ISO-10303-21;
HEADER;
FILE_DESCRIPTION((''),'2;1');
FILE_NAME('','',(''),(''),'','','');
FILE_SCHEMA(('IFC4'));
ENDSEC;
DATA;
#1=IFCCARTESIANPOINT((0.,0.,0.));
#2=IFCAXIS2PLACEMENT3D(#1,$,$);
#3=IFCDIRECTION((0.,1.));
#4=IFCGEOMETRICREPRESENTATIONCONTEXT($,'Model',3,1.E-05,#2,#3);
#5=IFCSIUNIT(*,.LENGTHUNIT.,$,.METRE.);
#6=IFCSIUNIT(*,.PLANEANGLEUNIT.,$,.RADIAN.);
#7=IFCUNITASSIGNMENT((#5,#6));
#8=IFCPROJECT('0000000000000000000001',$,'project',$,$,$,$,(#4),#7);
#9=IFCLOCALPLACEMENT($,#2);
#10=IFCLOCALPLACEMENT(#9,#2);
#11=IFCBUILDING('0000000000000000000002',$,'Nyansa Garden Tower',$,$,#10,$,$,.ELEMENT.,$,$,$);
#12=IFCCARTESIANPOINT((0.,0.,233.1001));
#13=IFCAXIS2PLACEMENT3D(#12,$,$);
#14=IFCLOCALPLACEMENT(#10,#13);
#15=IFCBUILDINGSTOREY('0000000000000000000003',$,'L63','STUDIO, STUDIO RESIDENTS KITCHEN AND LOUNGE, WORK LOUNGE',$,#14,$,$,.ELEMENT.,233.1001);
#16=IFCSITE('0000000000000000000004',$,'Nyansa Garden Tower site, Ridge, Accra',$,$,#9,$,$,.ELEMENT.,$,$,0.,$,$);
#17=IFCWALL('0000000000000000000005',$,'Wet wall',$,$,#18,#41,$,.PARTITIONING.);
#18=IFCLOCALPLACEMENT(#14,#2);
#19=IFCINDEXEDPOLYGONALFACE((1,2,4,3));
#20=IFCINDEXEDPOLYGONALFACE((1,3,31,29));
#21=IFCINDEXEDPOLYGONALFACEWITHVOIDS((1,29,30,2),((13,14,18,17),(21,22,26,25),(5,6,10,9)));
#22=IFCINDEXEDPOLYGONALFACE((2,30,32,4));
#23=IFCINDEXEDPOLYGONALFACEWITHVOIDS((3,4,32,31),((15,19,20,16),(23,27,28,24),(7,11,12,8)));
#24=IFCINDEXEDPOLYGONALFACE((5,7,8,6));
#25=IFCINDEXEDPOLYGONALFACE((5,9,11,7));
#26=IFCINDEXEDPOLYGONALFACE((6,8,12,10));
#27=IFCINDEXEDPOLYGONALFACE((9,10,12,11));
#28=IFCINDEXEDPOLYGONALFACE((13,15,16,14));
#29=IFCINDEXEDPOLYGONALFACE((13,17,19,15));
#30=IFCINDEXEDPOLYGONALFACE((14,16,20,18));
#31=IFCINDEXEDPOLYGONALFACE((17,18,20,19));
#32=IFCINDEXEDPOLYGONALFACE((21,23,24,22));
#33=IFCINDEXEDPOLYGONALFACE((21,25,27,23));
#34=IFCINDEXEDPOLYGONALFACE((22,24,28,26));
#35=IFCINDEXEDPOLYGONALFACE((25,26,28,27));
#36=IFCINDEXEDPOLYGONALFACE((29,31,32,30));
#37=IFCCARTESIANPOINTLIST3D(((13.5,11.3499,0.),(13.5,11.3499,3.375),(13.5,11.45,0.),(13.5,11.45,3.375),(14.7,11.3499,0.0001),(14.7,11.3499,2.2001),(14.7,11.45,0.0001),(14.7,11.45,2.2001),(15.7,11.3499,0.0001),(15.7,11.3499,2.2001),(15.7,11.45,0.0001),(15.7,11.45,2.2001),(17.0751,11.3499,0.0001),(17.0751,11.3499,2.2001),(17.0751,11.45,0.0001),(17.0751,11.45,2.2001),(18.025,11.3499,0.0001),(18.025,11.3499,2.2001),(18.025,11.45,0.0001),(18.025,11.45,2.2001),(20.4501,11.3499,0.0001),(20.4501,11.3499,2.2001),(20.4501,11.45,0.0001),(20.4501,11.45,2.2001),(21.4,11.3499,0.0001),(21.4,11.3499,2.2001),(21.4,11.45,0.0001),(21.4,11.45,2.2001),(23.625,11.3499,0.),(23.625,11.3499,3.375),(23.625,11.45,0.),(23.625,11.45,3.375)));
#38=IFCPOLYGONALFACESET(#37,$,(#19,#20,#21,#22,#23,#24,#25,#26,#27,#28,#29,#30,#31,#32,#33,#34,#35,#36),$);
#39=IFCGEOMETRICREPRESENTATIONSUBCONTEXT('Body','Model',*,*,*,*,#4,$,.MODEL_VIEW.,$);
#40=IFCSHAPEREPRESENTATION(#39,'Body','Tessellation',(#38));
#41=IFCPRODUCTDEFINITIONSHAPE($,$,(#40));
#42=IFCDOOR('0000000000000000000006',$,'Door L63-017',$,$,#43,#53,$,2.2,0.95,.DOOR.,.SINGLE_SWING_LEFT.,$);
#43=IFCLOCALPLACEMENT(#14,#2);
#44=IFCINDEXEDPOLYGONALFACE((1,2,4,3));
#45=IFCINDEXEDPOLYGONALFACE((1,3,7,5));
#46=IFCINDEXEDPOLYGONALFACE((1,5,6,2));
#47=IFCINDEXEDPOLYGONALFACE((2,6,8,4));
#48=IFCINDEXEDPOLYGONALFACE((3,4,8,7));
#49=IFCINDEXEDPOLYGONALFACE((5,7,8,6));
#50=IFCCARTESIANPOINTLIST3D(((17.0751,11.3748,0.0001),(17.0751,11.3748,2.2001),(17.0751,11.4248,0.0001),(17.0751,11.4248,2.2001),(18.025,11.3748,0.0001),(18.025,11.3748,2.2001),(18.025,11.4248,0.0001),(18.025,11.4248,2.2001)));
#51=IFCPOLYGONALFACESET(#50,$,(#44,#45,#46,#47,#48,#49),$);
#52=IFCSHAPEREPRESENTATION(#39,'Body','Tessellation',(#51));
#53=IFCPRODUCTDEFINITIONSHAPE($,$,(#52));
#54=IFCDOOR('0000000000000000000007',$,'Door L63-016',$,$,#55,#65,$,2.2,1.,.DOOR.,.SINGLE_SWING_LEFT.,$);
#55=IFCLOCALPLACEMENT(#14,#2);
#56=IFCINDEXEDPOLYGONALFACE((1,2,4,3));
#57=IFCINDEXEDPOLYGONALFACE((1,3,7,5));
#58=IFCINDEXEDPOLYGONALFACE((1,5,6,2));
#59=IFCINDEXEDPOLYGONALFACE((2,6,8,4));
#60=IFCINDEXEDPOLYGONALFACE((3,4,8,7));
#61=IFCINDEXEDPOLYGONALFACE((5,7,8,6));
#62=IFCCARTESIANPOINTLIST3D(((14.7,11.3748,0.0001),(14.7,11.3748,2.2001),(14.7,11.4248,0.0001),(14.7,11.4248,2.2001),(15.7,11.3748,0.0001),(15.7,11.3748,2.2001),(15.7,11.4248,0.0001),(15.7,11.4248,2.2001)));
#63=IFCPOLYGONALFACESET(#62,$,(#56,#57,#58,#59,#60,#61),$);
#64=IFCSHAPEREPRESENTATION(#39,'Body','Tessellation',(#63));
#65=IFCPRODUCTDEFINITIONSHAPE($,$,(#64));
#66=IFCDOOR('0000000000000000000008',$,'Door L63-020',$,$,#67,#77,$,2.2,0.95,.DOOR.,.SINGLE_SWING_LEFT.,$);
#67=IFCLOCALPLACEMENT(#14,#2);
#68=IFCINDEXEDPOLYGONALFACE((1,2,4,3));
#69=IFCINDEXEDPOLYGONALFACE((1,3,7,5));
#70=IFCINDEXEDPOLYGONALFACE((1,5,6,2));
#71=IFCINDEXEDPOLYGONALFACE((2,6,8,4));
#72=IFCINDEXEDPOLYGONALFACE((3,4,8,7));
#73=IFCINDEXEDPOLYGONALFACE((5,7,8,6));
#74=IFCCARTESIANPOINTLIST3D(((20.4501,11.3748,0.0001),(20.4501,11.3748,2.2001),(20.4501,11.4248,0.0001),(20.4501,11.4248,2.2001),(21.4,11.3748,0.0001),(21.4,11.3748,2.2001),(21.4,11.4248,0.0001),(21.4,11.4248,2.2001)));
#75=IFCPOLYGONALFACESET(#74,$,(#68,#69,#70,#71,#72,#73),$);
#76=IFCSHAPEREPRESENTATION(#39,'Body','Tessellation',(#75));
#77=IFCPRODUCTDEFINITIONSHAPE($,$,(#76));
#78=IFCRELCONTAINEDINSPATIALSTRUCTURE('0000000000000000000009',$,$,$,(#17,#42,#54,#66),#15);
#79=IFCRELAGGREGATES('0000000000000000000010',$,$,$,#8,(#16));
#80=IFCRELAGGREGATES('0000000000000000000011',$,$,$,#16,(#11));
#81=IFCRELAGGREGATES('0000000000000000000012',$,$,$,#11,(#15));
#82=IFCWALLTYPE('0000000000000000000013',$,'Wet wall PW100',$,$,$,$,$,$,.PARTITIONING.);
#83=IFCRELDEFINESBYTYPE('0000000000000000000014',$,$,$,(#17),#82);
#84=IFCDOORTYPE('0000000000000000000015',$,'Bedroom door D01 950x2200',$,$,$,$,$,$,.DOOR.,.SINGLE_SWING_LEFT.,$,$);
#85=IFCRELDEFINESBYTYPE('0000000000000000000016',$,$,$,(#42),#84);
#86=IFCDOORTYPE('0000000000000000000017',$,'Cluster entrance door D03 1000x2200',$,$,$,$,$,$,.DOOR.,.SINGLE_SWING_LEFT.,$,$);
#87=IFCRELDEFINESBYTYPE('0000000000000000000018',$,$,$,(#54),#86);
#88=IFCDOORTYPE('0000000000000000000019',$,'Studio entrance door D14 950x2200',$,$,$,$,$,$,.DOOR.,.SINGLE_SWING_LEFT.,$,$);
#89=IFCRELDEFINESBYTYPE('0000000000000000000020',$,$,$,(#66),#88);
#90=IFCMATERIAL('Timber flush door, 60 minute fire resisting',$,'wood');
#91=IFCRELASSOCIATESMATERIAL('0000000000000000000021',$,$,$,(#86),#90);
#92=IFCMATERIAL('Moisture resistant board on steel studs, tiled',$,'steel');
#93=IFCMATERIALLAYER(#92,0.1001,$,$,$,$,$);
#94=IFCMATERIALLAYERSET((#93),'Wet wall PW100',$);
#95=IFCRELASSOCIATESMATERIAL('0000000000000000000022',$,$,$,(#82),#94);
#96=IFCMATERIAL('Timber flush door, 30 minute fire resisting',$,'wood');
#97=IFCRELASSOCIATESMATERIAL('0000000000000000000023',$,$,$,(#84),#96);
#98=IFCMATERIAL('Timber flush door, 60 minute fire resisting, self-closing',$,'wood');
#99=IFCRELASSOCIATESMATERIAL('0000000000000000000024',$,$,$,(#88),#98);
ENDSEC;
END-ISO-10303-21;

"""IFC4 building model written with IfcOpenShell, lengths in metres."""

from ifc_helpers import new_model, si_unit, direction, frame, frame_2d, origin, place, context, subcontext, project, spatial, rectangle, extrude, material, layer, layer_set, type_object, element, fill, save


model = new_model("IFC4")

# Units and contexts
model_context = context("Model", 3, precision=1e-05, world=origin(), true_north=direction((0.0, 1.0)))
body_context = subcontext(model_context, "Body", "Model", "MODEL_VIEW")
ifc_project = project(units=[si_unit("LENGTHUNIT", "METRE"), si_unit("PLANEANGLEUNIT", "RADIAN")], contexts=[model_context])

# Site, building, storey
site_placement = place(None, origin())
site = spatial("IfcSite", under=ifc_project, at=site_placement, Name="Nyansa Garden Tower site, Ridge, Accra", CompositionType="ELEMENT", RefElevation=0.0)
building_placement = place(site_placement, origin())
building = spatial("IfcBuilding", under=site, at=building_placement, Name="Nyansa Garden Tower", CompositionType="ELEMENT")
storey_placement = place(building_placement, frame((0.0, 0.0, 233.1001)))
storey = spatial("IfcBuildingStorey", under=building, at=storey_placement, Name="L63", Description="STUDIO, STUDIO RESIDENTS KITCHEN AND LOUNGE, WORK LOUNGE", CompositionType="ELEMENT", Elevation=233.1001)

# Shared definitions
ifc_material_1 = material(Name="Timber flush door, 60 minute fire resisting", Category="wood")
door_type_1 = type_object("IfcDoorType", Name="Cluster entrance door D03 1000x2200", OperationType="SINGLE_SWING_LEFT", PredefinedType="DOOR", material=ifc_material_1)

# Wall, openings, doors
ifc_material_2 = material(Name="Moisture resistant board on steel studs, tiled", Category="steel")
ifc_layer_1 = layer(ifc_material_2, 0.1001)
ifc_layer_set_1 = layer_set([ifc_layer_1], Name="Wet wall PW100")
wall_type_1 = type_object("IfcWallType", Name="Wet wall PW100", PredefinedType="PARTITIONING", material=ifc_layer_set_1)
wall_1_placement = place(storey_placement, frame((13.5, 11.3999, 0.0), z_axis=(0.0, 0.0, 1.0), x_axis=(1.0, 0.0, 0.0)))
wall_1 = element("IfcWall", 1, at=wall_1_placement, inside=storey, type_object=wall_type_1, Name="Wet wall", PredefinedType="PARTITIONING", context=body_context, shape_type="SweptSolid", body=[
    extrude(rectangle(XDim=10.125, YDim=0.1001, at=frame_2d((5.0625, 0.0))), origin(), (0.0, 0.0, 1.0), 3.375),
])
opening_1_placement = place(wall_1_placement, frame((1.2, 0.0, 0.0)))
opening_1 = element("IfcOpeningElement", 2, at=opening_1_placement, cuts=wall_1, PredefinedType="OPENING", context=body_context, shape_type="SweptSolid", body=[
    extrude(rectangle(XDim=1.0, YDim=2.2, at=frame_2d((0.5, 1.1001))), frame((0.0, 0.0601, 0.0), z_axis=(0.0, -1.0, 0.0), x_axis=(1.0, 0.0, 0.0)), (0.0, 0.0, 1.0), 0.1201),
])
opening_2_placement = place(wall_1_placement, frame((3.575, 0.0, 0.0)))
opening_2 = element("IfcOpeningElement", 3, at=opening_2_placement, cuts=wall_1, PredefinedType="OPENING", context=body_context, shape_type="SweptSolid", body=[
    extrude(rectangle(XDim=0.95, YDim=2.2, at=frame_2d((0.4751, 1.1001))), frame((0.0, 0.0601, 0.0), z_axis=(0.0, -1.0, 0.0), x_axis=(1.0, 0.0, 0.0)), (0.0, 0.0, 1.0), 0.1201),
])
opening_3_placement = place(wall_1_placement, frame((6.95, 0.0, 0.0)))
opening_3 = element("IfcOpeningElement", 4, at=opening_3_placement, cuts=wall_1, PredefinedType="OPENING", context=body_context, shape_type="SweptSolid", body=[
    extrude(rectangle(XDim=0.95, YDim=2.2, at=frame_2d((0.4751, 1.1001))), frame((0.0, 0.0601, 0.0), z_axis=(0.0, -1.0, 0.0), x_axis=(1.0, 0.0, 0.0)), (0.0, 0.0, 1.0), 0.1201),
])
ifc_material_3 = material(Name="Timber flush door, 30 minute fire resisting", Category="wood")
door_type_2 = type_object("IfcDoorType", Name="Bedroom door D01 950x2200", OperationType="SINGLE_SWING_LEFT", PredefinedType="DOOR", material=ifc_material_3)
door_1_placement = place(opening_2_placement, origin())
door_1 = element("IfcDoor", 5, at=door_1_placement, inside=storey, type_object=door_type_2, Name="Door L63-017", OperationType="SINGLE_SWING_LEFT", OverallHeight=2.2, OverallWidth=0.95, PredefinedType="DOOR", context=body_context, shape_type="SweptSolid", body=[
    extrude(rectangle(XDim=0.95, YDim=2.2, at=frame_2d((0.4751, 1.1001))), frame((0.0, 0.0249, 0.0), z_axis=(0.0, -1.0, 0.0), x_axis=(1.0, 0.0, 0.0)), (0.0, 0.0, 1.0), 0.05),
])
fill(opening_2, door_1)
door_2_placement = place(opening_1_placement, origin())
door_2 = element("IfcDoor", 6, at=door_2_placement, inside=storey, type_object=door_type_1, Name="Door L63-016", OperationType="SINGLE_SWING_LEFT", OverallHeight=2.2, OverallWidth=1.0, PredefinedType="DOOR", context=body_context, shape_type="SweptSolid", body=[
    extrude(rectangle(XDim=1.0, YDim=2.2, at=frame_2d((0.5, 1.1001))), frame((0.0, 0.0249, 0.0), z_axis=(0.0, -1.0, 0.0), x_axis=(1.0, 0.0, 0.0)), (0.0, 0.0, 1.0), 0.05),
])
fill(opening_1, door_2)
ifc_material_4 = material(Name="Timber flush door, 60 minute fire resisting, self-closing", Category="wood")
door_type_3 = type_object("IfcDoorType", Name="Studio entrance door D14 950x2200", OperationType="SINGLE_SWING_LEFT", PredefinedType="DOOR", material=ifc_material_4)
door_3_placement = place(opening_3_placement, origin())
door_3 = element("IfcDoor", 7, at=door_3_placement, inside=storey, type_object=door_type_3, Name="Door L63-020", OperationType="SINGLE_SWING_LEFT", OverallHeight=2.2, OverallWidth=0.95, PredefinedType="DOOR", context=body_context, shape_type="SweptSolid", body=[
    extrude(rectangle(XDim=0.95, YDim=2.2, at=frame_2d((0.4751, 1.1001))), frame((0.0, 0.0249, 0.0), z_axis=(0.0, -1.0, 0.0), x_axis=(1.0, 0.0, 0.0)), (0.0, 0.0, 1.0), 0.05),
])
fill(opening_3, door_3)

save(model, "model.ifc")
